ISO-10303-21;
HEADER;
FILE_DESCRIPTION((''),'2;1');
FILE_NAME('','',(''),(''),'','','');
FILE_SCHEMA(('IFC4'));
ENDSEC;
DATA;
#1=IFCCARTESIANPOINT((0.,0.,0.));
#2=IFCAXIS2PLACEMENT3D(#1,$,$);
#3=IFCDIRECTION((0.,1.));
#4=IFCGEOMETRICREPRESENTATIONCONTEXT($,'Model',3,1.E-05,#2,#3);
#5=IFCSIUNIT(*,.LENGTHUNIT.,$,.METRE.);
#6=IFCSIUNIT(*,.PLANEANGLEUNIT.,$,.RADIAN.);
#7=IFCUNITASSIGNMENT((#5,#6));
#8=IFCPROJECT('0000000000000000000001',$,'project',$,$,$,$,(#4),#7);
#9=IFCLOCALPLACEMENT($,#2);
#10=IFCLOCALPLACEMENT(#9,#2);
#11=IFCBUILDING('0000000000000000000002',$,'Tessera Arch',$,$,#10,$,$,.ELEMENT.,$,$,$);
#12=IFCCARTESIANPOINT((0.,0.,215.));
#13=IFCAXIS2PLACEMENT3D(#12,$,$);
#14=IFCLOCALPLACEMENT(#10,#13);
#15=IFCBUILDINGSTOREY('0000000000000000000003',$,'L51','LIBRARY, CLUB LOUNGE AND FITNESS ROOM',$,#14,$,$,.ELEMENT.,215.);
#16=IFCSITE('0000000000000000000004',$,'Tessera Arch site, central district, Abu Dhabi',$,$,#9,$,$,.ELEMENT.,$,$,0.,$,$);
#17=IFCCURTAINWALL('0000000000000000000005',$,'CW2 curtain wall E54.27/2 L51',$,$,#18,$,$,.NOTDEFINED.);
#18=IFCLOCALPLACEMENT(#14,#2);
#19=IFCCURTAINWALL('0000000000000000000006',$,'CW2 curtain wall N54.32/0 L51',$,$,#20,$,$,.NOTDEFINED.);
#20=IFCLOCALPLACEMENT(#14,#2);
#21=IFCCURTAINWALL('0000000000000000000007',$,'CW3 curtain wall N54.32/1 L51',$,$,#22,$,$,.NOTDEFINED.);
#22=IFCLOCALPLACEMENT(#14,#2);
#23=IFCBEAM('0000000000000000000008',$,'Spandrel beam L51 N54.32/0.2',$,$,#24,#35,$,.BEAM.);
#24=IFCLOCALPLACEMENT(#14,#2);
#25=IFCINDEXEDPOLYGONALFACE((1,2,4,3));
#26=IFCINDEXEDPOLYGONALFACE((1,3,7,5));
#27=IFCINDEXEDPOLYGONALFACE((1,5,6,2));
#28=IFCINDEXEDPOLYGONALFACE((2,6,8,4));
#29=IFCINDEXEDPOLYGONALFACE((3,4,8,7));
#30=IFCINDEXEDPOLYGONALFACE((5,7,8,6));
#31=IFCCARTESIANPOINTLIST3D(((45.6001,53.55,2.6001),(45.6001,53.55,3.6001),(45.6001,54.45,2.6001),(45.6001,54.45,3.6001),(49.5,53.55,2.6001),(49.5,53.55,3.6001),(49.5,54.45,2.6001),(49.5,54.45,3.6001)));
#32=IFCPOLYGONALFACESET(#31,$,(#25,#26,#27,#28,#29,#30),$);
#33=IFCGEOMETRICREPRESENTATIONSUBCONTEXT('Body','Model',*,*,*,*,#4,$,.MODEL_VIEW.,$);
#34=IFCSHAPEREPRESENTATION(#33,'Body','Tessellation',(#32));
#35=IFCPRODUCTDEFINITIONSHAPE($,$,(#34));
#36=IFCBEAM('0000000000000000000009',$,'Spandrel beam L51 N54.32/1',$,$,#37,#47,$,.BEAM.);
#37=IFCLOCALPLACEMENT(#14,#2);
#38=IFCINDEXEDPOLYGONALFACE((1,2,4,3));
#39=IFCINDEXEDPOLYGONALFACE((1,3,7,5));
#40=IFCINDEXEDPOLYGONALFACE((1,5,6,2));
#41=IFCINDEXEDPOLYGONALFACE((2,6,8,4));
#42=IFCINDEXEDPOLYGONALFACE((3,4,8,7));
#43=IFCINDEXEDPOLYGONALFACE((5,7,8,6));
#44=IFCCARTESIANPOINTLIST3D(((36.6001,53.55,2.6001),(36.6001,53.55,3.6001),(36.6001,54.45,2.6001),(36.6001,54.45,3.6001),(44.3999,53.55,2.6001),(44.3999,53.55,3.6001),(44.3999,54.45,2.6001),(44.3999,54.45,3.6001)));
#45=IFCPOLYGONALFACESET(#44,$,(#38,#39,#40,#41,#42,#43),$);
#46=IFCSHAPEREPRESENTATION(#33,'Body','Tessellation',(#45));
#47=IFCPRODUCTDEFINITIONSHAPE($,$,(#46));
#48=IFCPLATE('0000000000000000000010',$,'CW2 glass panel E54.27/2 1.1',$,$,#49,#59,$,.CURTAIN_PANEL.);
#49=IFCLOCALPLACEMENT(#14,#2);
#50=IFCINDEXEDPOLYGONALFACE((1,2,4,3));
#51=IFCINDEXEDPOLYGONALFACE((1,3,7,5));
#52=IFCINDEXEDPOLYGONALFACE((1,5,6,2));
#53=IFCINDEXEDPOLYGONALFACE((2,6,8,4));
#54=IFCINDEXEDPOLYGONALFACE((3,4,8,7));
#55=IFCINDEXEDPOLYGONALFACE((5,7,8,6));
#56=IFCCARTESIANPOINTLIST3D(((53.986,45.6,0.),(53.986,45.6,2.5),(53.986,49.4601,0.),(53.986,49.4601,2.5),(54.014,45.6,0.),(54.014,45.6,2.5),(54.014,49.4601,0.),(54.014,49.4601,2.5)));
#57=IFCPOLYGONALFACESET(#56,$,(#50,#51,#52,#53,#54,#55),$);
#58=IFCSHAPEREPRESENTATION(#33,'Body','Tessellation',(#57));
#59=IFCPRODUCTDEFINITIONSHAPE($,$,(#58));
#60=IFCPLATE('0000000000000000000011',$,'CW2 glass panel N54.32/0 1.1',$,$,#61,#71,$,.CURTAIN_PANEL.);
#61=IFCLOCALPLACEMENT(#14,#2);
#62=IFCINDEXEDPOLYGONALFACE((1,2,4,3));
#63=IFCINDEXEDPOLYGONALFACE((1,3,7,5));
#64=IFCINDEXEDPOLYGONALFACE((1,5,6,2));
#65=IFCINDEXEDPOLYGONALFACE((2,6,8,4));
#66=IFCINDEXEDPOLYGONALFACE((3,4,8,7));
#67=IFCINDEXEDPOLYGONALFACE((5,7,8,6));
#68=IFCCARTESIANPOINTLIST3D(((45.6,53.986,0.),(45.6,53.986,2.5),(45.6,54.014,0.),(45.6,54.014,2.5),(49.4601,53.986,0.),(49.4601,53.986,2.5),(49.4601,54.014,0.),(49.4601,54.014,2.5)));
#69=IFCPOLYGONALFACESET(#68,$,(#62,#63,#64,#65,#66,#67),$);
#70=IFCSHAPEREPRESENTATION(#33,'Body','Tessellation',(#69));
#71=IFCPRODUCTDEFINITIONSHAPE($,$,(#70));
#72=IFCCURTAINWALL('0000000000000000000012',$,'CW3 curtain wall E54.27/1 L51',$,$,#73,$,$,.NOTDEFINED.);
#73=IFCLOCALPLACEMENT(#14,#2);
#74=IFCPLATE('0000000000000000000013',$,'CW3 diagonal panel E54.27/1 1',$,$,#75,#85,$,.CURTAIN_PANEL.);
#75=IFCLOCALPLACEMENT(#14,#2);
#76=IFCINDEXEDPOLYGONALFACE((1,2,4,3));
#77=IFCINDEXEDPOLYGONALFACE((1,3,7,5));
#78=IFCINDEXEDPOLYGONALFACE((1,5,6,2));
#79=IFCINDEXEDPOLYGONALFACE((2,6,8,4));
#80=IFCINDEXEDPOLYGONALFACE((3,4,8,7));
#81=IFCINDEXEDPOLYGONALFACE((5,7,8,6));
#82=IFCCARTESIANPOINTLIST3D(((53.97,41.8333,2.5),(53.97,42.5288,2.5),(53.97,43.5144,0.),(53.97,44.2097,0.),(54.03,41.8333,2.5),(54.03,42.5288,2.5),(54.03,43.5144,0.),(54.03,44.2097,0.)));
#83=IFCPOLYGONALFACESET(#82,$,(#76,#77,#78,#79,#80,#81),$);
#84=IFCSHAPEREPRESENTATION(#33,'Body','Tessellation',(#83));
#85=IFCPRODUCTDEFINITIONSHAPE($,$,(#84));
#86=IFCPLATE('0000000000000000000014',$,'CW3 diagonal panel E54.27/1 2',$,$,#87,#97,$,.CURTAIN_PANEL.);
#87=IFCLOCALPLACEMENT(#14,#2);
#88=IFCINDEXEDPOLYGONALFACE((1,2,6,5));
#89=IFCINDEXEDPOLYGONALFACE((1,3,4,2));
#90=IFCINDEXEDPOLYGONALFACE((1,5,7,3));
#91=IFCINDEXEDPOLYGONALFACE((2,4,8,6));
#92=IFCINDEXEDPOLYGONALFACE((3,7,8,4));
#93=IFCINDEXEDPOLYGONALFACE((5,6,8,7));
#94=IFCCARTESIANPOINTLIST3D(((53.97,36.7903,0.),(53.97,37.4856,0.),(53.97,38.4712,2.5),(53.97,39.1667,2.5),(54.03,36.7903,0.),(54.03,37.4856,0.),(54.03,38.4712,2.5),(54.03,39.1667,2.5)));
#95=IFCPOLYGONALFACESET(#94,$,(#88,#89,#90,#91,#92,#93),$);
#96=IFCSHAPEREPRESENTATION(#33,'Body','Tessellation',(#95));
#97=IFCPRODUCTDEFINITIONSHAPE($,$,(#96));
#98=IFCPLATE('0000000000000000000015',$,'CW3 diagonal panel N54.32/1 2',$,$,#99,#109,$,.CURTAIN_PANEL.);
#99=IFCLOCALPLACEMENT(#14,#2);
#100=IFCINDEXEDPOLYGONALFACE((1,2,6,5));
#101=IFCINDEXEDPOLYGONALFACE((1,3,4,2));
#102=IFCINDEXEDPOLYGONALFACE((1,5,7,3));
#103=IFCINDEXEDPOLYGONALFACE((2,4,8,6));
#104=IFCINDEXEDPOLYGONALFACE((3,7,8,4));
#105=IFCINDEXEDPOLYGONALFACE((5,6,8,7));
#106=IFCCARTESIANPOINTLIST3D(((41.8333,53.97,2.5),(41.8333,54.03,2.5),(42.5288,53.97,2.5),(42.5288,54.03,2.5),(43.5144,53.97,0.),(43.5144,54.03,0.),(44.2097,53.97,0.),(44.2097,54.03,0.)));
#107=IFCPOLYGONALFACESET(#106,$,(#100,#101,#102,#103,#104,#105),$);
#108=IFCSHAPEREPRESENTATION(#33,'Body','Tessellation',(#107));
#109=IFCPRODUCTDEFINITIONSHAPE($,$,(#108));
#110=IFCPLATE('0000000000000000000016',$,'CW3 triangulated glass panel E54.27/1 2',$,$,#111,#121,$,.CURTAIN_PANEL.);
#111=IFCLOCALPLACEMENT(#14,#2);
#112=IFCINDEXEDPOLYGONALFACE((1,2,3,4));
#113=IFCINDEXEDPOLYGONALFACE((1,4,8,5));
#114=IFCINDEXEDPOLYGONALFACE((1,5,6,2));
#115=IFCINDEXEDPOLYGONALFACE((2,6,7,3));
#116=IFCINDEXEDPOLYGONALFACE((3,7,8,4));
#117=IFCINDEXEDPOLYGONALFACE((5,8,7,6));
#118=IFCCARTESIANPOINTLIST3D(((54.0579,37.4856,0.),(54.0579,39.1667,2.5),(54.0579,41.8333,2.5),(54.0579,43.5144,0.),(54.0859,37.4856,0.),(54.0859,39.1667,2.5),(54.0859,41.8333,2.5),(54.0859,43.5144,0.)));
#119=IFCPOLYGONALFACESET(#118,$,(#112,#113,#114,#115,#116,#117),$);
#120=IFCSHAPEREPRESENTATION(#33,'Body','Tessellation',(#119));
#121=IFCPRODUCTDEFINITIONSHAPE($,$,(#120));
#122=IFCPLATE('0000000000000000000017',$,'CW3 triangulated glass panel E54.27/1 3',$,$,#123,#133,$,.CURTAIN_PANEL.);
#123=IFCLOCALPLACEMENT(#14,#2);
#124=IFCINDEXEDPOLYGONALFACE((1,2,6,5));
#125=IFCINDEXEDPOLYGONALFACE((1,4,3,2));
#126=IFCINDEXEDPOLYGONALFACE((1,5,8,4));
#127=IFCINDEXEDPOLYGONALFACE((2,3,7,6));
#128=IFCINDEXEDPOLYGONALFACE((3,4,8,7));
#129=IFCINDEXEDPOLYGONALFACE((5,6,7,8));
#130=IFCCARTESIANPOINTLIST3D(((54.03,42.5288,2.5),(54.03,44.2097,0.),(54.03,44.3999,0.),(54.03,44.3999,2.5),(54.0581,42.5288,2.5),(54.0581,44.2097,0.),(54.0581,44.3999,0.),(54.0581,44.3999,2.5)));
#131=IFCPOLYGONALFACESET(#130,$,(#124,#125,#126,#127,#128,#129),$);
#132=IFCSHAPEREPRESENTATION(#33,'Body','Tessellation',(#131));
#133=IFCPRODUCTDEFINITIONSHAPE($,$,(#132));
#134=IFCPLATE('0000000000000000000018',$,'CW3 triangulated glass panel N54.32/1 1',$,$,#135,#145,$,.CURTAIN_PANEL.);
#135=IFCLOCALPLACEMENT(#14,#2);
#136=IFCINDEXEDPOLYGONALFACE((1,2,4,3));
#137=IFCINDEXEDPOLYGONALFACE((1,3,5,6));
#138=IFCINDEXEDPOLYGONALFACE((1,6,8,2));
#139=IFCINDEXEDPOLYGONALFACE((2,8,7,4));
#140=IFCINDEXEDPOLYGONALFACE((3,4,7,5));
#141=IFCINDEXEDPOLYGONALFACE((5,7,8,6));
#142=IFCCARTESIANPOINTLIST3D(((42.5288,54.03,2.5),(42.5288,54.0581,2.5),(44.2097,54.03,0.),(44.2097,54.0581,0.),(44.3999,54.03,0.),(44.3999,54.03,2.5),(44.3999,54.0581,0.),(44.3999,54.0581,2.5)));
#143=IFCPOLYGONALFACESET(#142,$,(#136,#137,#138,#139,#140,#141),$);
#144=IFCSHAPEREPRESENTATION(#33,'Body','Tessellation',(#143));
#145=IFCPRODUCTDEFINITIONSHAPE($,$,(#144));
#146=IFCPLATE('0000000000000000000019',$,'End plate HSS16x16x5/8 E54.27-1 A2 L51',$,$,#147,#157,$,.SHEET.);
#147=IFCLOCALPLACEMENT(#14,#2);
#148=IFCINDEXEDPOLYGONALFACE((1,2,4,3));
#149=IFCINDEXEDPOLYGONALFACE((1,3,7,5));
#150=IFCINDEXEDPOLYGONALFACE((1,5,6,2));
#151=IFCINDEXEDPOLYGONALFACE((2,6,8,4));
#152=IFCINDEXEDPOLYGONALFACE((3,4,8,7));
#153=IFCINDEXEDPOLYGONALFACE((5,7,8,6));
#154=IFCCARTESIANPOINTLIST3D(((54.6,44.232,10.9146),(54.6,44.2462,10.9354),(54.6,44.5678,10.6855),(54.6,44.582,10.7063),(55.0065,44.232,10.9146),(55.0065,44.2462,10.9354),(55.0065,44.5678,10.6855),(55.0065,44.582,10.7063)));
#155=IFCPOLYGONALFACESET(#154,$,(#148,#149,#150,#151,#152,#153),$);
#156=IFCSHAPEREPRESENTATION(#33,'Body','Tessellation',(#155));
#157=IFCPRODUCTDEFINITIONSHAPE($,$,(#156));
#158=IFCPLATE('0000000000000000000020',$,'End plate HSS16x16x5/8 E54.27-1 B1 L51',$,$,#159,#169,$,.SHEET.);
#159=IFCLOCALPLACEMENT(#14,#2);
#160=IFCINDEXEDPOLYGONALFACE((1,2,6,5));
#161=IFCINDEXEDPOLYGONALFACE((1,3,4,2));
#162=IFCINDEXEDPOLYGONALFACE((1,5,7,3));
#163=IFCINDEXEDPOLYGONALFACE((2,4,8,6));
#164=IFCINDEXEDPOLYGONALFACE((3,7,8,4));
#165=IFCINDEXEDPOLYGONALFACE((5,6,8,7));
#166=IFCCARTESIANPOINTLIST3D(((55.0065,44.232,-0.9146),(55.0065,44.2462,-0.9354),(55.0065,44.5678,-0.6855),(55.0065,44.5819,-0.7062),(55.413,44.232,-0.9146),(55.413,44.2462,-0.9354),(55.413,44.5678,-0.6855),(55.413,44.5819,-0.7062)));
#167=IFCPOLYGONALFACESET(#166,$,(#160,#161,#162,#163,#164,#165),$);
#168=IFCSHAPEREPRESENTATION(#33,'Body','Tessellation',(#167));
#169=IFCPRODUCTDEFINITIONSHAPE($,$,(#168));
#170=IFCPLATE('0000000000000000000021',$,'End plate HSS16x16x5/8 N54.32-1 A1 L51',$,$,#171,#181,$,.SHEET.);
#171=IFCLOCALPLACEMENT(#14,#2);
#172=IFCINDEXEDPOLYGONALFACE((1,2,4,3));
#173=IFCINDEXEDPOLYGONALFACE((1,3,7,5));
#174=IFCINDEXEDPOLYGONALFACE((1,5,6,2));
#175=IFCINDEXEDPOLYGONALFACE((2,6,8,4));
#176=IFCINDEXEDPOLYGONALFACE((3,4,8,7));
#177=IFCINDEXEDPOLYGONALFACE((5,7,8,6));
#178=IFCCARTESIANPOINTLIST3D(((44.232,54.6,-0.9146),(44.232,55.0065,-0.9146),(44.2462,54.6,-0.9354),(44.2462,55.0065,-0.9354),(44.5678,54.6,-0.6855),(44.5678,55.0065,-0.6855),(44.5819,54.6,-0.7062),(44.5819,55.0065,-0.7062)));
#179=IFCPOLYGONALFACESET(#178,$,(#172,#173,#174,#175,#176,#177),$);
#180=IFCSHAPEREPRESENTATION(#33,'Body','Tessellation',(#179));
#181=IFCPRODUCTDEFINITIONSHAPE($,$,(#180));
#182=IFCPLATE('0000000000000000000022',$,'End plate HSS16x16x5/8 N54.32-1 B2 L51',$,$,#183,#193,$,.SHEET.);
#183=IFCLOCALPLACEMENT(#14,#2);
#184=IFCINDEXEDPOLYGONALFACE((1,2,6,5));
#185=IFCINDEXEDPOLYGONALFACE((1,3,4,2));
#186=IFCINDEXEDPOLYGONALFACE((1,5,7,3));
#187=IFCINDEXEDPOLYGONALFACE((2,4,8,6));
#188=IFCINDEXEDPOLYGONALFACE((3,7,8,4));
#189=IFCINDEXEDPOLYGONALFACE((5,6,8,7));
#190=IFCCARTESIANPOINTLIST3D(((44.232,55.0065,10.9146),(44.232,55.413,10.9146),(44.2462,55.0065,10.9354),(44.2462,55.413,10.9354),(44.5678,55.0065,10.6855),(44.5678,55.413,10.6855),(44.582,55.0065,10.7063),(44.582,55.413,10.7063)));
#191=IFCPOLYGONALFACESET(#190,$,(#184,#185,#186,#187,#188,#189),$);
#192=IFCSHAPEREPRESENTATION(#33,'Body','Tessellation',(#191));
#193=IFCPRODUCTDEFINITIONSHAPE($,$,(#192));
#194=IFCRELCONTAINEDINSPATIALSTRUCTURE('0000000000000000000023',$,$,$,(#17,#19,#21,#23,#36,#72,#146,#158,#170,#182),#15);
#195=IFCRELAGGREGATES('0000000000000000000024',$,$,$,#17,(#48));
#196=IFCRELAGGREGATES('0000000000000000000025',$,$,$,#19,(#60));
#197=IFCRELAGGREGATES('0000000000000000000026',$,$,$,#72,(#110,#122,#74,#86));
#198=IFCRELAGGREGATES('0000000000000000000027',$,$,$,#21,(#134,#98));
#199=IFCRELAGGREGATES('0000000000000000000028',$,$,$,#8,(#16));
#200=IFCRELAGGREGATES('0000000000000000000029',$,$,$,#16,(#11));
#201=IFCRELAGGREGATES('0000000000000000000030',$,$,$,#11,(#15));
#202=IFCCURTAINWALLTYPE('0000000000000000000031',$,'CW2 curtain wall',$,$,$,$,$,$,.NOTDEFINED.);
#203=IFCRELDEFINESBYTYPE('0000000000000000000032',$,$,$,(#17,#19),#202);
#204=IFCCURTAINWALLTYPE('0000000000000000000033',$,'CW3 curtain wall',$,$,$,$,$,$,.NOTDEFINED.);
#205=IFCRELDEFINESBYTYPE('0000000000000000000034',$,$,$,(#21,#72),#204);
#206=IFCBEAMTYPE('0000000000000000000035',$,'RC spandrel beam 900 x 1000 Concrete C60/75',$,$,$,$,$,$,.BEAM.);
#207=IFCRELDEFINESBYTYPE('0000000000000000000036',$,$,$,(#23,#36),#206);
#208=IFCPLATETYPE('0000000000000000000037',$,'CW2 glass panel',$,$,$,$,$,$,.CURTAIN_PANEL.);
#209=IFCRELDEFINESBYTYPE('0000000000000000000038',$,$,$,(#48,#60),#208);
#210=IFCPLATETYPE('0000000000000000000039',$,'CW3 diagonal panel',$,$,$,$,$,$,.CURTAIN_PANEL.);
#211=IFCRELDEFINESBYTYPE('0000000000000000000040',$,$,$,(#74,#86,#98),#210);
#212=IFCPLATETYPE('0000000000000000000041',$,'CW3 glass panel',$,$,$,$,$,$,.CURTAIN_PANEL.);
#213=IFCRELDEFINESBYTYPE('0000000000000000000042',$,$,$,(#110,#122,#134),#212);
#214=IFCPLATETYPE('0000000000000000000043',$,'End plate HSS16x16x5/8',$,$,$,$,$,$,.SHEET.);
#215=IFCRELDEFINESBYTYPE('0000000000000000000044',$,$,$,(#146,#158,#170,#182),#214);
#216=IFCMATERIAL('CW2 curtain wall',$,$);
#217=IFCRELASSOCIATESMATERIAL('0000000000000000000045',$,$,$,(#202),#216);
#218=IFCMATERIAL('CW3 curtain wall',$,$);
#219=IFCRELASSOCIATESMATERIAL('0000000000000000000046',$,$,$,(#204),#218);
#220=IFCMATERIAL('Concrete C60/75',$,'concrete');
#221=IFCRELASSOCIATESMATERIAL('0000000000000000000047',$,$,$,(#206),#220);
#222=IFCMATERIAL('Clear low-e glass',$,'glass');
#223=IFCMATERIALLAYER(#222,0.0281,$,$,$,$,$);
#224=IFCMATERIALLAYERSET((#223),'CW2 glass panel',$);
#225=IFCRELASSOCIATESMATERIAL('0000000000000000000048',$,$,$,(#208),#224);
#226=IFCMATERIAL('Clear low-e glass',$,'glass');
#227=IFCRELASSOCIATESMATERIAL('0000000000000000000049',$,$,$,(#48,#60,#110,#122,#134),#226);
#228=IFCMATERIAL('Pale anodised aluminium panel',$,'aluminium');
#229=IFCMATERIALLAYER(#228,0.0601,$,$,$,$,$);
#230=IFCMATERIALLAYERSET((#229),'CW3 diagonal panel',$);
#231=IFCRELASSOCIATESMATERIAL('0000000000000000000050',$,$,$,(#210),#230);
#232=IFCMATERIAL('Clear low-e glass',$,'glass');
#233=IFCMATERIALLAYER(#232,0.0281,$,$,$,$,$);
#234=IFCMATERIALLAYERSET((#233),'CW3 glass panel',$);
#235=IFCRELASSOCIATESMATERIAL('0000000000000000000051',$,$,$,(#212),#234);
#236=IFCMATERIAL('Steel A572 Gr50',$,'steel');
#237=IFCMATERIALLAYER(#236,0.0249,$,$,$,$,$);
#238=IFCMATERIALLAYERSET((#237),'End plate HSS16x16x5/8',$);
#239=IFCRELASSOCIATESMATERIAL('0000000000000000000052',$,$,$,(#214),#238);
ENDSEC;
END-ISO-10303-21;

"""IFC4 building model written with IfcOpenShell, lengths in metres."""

from ifc_helpers import new_model, si_unit, direction, frame, origin, origin_2d, place, context, subcontext, project, spatial, polyline, rectangle, outline, extrude, material, layer, layer_set, material_profile, profile_set, type_object, element, aggregate, save


model = new_model("IFC4")

# Units and contexts
model_context = context("Model", 3, precision=1e-05, world=origin(), true_north=direction((0.0, 1.0)))
body_context = subcontext(model_context, "Body", "Model", "MODEL_VIEW")
ifc_project = project(units=[si_unit("LENGTHUNIT", "METRE"), si_unit("PLANEANGLEUNIT", "RADIAN")], contexts=[model_context])

# Site, building, storey
site_placement = place(None, origin())
site = spatial("IfcSite", under=ifc_project, at=site_placement, Name="Tessera Arch site, central district, Abu Dhabi", CompositionType="ELEMENT", RefElevation=0.0)
building_placement = place(site_placement, origin())
building = spatial("IfcBuilding", under=site, at=building_placement, Name="Tessera Arch", CompositionType="ELEMENT")
storey_placement = place(building_placement, frame((0.0, 0.0, 215.0)))
storey = spatial("IfcBuildingStorey", under=building, at=storey_placement, Name="L51", Description="LIBRARY, CLUB LOUNGE AND FITNESS ROOM", CompositionType="ELEMENT", Elevation=215.0)

# Curtain walls
ifc_material_1 = material(Name="CW2 curtain wall")
curtain_wall_type_1 = type_object("IfcCurtainWallType", Name="CW2 curtain wall", PredefinedType="NOTDEFINED", material=ifc_material_1)
curtain_wall_1_placement = place(storey_placement, origin())
curtain_wall_1 = element("IfcCurtainWall", 1, at=curtain_wall_1_placement, inside=storey, type_object=curtain_wall_type_1, Name="CW2 curtain wall E54.27/2 L51", PredefinedType="NOTDEFINED")
curtain_wall_2_placement = place(storey_placement, origin())
curtain_wall_2 = element("IfcCurtainWall", 2, at=curtain_wall_2_placement, inside=storey, type_object=curtain_wall_type_1, Name="CW2 curtain wall N54.32/0 L51", PredefinedType="NOTDEFINED")
ifc_material_2 = material(Name="CW3 curtain wall")
curtain_wall_type_2 = type_object("IfcCurtainWallType", Name="CW3 curtain wall", PredefinedType="NOTDEFINED", material=ifc_material_2)
curtain_wall_3_placement = place(storey_placement, origin())
curtain_wall_3 = element("IfcCurtainWall", 3, at=curtain_wall_3_placement, inside=storey, type_object=curtain_wall_type_2, Name="CW3 curtain wall N54.32/1 L51", PredefinedType="NOTDEFINED")

# Beams
ifc_material_3 = material(Name="Concrete C60/75", Category="concrete")
ifc_material_profile_1 = material_profile(ifc_material_3, rectangle(XDim=0.8999, YDim=1.0, at=origin_2d()), Name="RC spandrel beam 900 x 1000 Concrete C60/75")
ifc_profile_set_1 = profile_set([ifc_material_profile_1], Name="Concrete C60/75")
beam_type = type_object("IfcBeamType", Name="RC spandrel beam 900 x 1000 Concrete C60/75", PredefinedType="BEAM", material=ifc_profile_set_1)
beam_1_placement = place(storey_placement, frame((49.5, 54.0, 3.1001), z_axis=(-1.0, 0.0, 0.0), x_axis=(0.0, -1.0, 0.0)))
element("IfcBeam", 4, at=beam_1_placement, inside=storey, type_object=beam_type, Name="Spandrel beam L51 N54.32/0.2", PredefinedType="BEAM", context=body_context, shape_type="SweptSolid", body=[
    extrude(rectangle(XDim=0.8999, YDim=1.0, at=origin_2d()), origin(), (0.0, 0.0, 1.0), 3.8999),
])
beam_2_placement = place(storey_placement, frame((44.3999, 54.0, 3.1001), z_axis=(-1.0, 0.0, 0.0), x_axis=(0.0, -1.0, 0.0)))
element("IfcBeam", 5, at=beam_2_placement, inside=storey, type_object=beam_type, Name="Spandrel beam L51 N54.32/1", PredefinedType="BEAM", context=body_context, shape_type="SweptSolid", body=[
    extrude(rectangle(XDim=0.8999, YDim=1.0, at=origin_2d()), origin(), (0.0, 0.0, 1.0), 7.7998),
])

# Plates
ifc_material_4 = material(Name="Clear low-e glass", Category="glass")
ifc_material_5 = material(Name="Clear low-e glass", Category="glass")
ifc_layer_1 = layer(ifc_material_5, 0.0281)
ifc_layer_set_1 = layer_set([ifc_layer_1], Name="CW2 glass panel")
plate_type_1 = type_object("IfcPlateType", Name="CW2 glass panel", PredefinedType="CURTAIN_PANEL", material=ifc_layer_set_1)
plate_1_placement = place(storey_placement, frame((54.0, 47.53, 0.0), z_axis=(0.0, 0.0, 1.0), x_axis=(0.0, 1.0, 0.0)))
plate_1 = element("IfcPlate", 6, at=plate_1_placement, type_object=plate_type_1, material=ifc_material_4, Name="CW2 glass panel E54.27/2 1.1", PredefinedType="CURTAIN_PANEL", context=body_context, shape_type="SweptSolid", body=[
    extrude(rectangle(XDim=3.8601, YDim=0.0281, at=origin_2d()), origin(), (0.0, 0.0, 1.0), 2.5),
])
aggregate(curtain_wall_1, [plate_1])
plate_2_placement = place(storey_placement, frame((47.53, 54.0, 0.0), z_axis=(0.0, 0.0, 1.0), x_axis=(-1.0, 0.0, 0.0)))
plate_2 = element("IfcPlate", 7, at=plate_2_placement, type_object=plate_type_1, material=ifc_material_4, Name="CW2 glass panel N54.32/0 1.1", PredefinedType="CURTAIN_PANEL", context=body_context, shape_type="SweptSolid", body=[
    extrude(rectangle(XDim=3.8601, YDim=0.0281, at=origin_2d()), origin(), (0.0, 0.0, 1.0), 2.5),
])
aggregate(curtain_wall_2, [plate_2])

# Curtain wall, plates
curtain_wall_4_placement = place(storey_placement, origin())
curtain_wall_4 = element("IfcCurtainWall", 8, at=curtain_wall_4_placement, inside=storey, type_object=curtain_wall_type_2, Name="CW3 curtain wall E54.27/1 L51", PredefinedType="NOTDEFINED")
ifc_material_6 = material(Name="Pale anodised aluminium panel", Category="aluminium")
ifc_layer_2 = layer(ifc_material_6, 0.0601)
ifc_layer_set_2 = layer_set([ifc_layer_2], Name="CW3 diagonal panel")
plate_type_2 = type_object("IfcPlateType", Name="CW3 diagonal panel", PredefinedType="CURTAIN_PANEL", material=ifc_layer_set_2)
plate_3_placement = place(storey_placement, frame((54.03, 42.5288, 2.5), z_axis=(1.0, 0.0, 0.0), x_axis=(0.0, -1.0, 0.0)))
plate_3 = element("IfcPlate", 9, at=plate_3_placement, type_object=plate_type_2, Name="CW3 diagonal panel E54.27/1 1", PredefinedType="CURTAIN_PANEL", context=body_context, shape_type="SweptSolid", body=[
    extrude(outline(polyline([(0.0, 0.0), (0.6956, 0.0), (-0.9856, 2.5), (-1.6809, 2.5), (0.0, 0.0)])), origin(), (0.0, 0.0, -1.0), 0.0601),
])
plate_4_placement = place(storey_placement, frame((54.03, 39.1667, 2.5), z_axis=(1.0, 0.0, 0.0), x_axis=(0.0, -1.0, 0.0)))
plate_4 = element("IfcPlate", 10, at=plate_4_placement, type_object=plate_type_2, Name="CW3 diagonal panel E54.27/1 2", PredefinedType="CURTAIN_PANEL", context=body_context, shape_type="SweptSolid", body=[
    extrude(outline(polyline([(0.0, 0.0), (0.6956, 0.0), (2.3765, 2.5), (1.6812, 2.5), (0.0, 0.0)])), origin(), (0.0, 0.0, -1.0), 0.0601),
])

# Plates
plate_5_placement = place(storey_placement, frame((41.8333, 54.03, 2.5), z_axis=(0.0, 1.0, 0.0), x_axis=(1.0, 0.0, 0.0)))
plate_5 = element("IfcPlate", 11, at=plate_5_placement, type_object=plate_type_2, Name="CW3 diagonal panel N54.32/1 2", PredefinedType="CURTAIN_PANEL", context=body_context, shape_type="SweptSolid", body=[
    extrude(outline(polyline([(0.0, 0.0), (0.6956, 0.0), (2.3765, 2.5), (1.6812, 2.5), (0.0, 0.0)])), origin(), (0.0, 0.0, -1.0), 0.0601),
])
ifc_material_7 = material(Name="Clear low-e glass", Category="glass")
ifc_layer_3 = layer(ifc_material_7, 0.0281)
ifc_layer_set_3 = layer_set([ifc_layer_3], Name="CW3 glass panel")
plate_type_3 = type_object("IfcPlateType", Name="CW3 glass panel", PredefinedType="CURTAIN_PANEL", material=ifc_layer_set_3)
plate_6_placement = place(storey_placement, frame((54.0859, 41.8333, 2.5), z_axis=(1.0, 0.0, 0.0), x_axis=(0.0, -1.0, 0.0)))
plate_6 = element("IfcPlate", 12, at=plate_6_placement, type_object=plate_type_3, material=ifc_material_4, Name="CW3 triangulated glass panel E54.27/1 2", PredefinedType="CURTAIN_PANEL", context=body_context, shape_type="SweptSolid", body=[
    extrude(outline(polyline([(0.0, 0.0), (2.6665, 0.0), (4.3477, 2.5), (-1.6812, 2.5), (0.0, 0.0)])), origin(), (0.0, 0.0, -1.0), 0.0281),
])
plate_7_placement = place(storey_placement, frame((54.0581, 44.3999, 2.5), z_axis=(1.0, 0.0, 0.0), x_axis=(0.0, -1.0, 0.0)))
plate_7 = element("IfcPlate", 13, at=plate_7_placement, type_object=plate_type_3, material=ifc_material_4, Name="CW3 triangulated glass panel E54.27/1 3", PredefinedType="CURTAIN_PANEL", context=body_context, shape_type="SweptSolid", body=[
    extrude(outline(polyline([(0.0, 0.0), (1.8711, 0.0), (0.1902, 2.5), (0.0, 2.5), (0.0, 0.0)])), origin(), (0.0, 0.0, -1.0), 0.0281),
])
aggregate(curtain_wall_4, [plate_6, plate_7, plate_3, plate_4])
plate_8_placement = place(storey_placement, frame((44.3999, 54.0581, 0.0), z_axis=(0.0, 1.0, 0.0), x_axis=(-1.0, 0.0, 0.0)))
plate_8 = element("IfcPlate", 14, at=plate_8_placement, type_object=plate_type_3, material=ifc_material_4, Name="CW3 triangulated glass panel N54.32/1 1", PredefinedType="CURTAIN_PANEL", context=body_context, shape_type="SweptSolid", body=[
    extrude(outline(polyline([(0.0, 0.0), (0.1902, 0.0), (1.8711, 2.5), (0.0, 2.5), (0.0, 0.0)])), origin(), (0.0, 0.0, -1.0), 0.0281),
])
aggregate(curtain_wall_3, [plate_8, plate_5])

# Plates
ifc_material_8 = material(Name="Steel A572 Gr50", Category="steel")
ifc_layer_4 = layer(ifc_material_8, 0.0249)
ifc_layer_set_4 = layer_set([ifc_layer_4], Name="End plate HSS16x16x5/8")
plate_type_4 = type_object("IfcPlateType", Name="End plate HSS16x16x5/8", PredefinedType="SHEET", material=ifc_layer_set_4)
for number, where, z_axis, x_axis, name in (
    (15, (54.8032, 44.3999, 10.8), (0.0, 0.563638, 0.826022), (-1.0, 0.0, 0.0), "End plate HSS16x16x5/8 E54.27-1 A2 L51"),
    (16, (55.2097, 44.4141, -0.8208), (0.0, -0.563638, 0.826022), (1.0, 0.0, 0.0), "End plate HSS16x16x5/8 E54.27-1 B1 L51"),
    (17, (44.4141, 54.8032, -0.8208), (-0.563638, 0.0, 0.826022), (0.0, -1.0, 0.0), "End plate HSS16x16x5/8 N54.32-1 A1 L51"),
    (18, (44.3999, 55.2097, 10.8), (0.563638, 0.0, 0.826022), (0.0, 1.0, 0.0), "End plate HSS16x16x5/8 N54.32-1 B2 L51"),
):
    element("IfcPlate", number, at=place(storey_placement, frame(where, z_axis=z_axis, x_axis=x_axis)), inside=storey, type_object=plate_type_4, Name=name, PredefinedType="SHEET", context=body_context, shape_type="SweptSolid", body=[
        extrude(rectangle(XDim=0.4065, YDim=0.4065, at=origin_2d()), origin(), (0.0, 0.0, 1.0), 0.0251),
    ])

save(model, "model.ifc")
